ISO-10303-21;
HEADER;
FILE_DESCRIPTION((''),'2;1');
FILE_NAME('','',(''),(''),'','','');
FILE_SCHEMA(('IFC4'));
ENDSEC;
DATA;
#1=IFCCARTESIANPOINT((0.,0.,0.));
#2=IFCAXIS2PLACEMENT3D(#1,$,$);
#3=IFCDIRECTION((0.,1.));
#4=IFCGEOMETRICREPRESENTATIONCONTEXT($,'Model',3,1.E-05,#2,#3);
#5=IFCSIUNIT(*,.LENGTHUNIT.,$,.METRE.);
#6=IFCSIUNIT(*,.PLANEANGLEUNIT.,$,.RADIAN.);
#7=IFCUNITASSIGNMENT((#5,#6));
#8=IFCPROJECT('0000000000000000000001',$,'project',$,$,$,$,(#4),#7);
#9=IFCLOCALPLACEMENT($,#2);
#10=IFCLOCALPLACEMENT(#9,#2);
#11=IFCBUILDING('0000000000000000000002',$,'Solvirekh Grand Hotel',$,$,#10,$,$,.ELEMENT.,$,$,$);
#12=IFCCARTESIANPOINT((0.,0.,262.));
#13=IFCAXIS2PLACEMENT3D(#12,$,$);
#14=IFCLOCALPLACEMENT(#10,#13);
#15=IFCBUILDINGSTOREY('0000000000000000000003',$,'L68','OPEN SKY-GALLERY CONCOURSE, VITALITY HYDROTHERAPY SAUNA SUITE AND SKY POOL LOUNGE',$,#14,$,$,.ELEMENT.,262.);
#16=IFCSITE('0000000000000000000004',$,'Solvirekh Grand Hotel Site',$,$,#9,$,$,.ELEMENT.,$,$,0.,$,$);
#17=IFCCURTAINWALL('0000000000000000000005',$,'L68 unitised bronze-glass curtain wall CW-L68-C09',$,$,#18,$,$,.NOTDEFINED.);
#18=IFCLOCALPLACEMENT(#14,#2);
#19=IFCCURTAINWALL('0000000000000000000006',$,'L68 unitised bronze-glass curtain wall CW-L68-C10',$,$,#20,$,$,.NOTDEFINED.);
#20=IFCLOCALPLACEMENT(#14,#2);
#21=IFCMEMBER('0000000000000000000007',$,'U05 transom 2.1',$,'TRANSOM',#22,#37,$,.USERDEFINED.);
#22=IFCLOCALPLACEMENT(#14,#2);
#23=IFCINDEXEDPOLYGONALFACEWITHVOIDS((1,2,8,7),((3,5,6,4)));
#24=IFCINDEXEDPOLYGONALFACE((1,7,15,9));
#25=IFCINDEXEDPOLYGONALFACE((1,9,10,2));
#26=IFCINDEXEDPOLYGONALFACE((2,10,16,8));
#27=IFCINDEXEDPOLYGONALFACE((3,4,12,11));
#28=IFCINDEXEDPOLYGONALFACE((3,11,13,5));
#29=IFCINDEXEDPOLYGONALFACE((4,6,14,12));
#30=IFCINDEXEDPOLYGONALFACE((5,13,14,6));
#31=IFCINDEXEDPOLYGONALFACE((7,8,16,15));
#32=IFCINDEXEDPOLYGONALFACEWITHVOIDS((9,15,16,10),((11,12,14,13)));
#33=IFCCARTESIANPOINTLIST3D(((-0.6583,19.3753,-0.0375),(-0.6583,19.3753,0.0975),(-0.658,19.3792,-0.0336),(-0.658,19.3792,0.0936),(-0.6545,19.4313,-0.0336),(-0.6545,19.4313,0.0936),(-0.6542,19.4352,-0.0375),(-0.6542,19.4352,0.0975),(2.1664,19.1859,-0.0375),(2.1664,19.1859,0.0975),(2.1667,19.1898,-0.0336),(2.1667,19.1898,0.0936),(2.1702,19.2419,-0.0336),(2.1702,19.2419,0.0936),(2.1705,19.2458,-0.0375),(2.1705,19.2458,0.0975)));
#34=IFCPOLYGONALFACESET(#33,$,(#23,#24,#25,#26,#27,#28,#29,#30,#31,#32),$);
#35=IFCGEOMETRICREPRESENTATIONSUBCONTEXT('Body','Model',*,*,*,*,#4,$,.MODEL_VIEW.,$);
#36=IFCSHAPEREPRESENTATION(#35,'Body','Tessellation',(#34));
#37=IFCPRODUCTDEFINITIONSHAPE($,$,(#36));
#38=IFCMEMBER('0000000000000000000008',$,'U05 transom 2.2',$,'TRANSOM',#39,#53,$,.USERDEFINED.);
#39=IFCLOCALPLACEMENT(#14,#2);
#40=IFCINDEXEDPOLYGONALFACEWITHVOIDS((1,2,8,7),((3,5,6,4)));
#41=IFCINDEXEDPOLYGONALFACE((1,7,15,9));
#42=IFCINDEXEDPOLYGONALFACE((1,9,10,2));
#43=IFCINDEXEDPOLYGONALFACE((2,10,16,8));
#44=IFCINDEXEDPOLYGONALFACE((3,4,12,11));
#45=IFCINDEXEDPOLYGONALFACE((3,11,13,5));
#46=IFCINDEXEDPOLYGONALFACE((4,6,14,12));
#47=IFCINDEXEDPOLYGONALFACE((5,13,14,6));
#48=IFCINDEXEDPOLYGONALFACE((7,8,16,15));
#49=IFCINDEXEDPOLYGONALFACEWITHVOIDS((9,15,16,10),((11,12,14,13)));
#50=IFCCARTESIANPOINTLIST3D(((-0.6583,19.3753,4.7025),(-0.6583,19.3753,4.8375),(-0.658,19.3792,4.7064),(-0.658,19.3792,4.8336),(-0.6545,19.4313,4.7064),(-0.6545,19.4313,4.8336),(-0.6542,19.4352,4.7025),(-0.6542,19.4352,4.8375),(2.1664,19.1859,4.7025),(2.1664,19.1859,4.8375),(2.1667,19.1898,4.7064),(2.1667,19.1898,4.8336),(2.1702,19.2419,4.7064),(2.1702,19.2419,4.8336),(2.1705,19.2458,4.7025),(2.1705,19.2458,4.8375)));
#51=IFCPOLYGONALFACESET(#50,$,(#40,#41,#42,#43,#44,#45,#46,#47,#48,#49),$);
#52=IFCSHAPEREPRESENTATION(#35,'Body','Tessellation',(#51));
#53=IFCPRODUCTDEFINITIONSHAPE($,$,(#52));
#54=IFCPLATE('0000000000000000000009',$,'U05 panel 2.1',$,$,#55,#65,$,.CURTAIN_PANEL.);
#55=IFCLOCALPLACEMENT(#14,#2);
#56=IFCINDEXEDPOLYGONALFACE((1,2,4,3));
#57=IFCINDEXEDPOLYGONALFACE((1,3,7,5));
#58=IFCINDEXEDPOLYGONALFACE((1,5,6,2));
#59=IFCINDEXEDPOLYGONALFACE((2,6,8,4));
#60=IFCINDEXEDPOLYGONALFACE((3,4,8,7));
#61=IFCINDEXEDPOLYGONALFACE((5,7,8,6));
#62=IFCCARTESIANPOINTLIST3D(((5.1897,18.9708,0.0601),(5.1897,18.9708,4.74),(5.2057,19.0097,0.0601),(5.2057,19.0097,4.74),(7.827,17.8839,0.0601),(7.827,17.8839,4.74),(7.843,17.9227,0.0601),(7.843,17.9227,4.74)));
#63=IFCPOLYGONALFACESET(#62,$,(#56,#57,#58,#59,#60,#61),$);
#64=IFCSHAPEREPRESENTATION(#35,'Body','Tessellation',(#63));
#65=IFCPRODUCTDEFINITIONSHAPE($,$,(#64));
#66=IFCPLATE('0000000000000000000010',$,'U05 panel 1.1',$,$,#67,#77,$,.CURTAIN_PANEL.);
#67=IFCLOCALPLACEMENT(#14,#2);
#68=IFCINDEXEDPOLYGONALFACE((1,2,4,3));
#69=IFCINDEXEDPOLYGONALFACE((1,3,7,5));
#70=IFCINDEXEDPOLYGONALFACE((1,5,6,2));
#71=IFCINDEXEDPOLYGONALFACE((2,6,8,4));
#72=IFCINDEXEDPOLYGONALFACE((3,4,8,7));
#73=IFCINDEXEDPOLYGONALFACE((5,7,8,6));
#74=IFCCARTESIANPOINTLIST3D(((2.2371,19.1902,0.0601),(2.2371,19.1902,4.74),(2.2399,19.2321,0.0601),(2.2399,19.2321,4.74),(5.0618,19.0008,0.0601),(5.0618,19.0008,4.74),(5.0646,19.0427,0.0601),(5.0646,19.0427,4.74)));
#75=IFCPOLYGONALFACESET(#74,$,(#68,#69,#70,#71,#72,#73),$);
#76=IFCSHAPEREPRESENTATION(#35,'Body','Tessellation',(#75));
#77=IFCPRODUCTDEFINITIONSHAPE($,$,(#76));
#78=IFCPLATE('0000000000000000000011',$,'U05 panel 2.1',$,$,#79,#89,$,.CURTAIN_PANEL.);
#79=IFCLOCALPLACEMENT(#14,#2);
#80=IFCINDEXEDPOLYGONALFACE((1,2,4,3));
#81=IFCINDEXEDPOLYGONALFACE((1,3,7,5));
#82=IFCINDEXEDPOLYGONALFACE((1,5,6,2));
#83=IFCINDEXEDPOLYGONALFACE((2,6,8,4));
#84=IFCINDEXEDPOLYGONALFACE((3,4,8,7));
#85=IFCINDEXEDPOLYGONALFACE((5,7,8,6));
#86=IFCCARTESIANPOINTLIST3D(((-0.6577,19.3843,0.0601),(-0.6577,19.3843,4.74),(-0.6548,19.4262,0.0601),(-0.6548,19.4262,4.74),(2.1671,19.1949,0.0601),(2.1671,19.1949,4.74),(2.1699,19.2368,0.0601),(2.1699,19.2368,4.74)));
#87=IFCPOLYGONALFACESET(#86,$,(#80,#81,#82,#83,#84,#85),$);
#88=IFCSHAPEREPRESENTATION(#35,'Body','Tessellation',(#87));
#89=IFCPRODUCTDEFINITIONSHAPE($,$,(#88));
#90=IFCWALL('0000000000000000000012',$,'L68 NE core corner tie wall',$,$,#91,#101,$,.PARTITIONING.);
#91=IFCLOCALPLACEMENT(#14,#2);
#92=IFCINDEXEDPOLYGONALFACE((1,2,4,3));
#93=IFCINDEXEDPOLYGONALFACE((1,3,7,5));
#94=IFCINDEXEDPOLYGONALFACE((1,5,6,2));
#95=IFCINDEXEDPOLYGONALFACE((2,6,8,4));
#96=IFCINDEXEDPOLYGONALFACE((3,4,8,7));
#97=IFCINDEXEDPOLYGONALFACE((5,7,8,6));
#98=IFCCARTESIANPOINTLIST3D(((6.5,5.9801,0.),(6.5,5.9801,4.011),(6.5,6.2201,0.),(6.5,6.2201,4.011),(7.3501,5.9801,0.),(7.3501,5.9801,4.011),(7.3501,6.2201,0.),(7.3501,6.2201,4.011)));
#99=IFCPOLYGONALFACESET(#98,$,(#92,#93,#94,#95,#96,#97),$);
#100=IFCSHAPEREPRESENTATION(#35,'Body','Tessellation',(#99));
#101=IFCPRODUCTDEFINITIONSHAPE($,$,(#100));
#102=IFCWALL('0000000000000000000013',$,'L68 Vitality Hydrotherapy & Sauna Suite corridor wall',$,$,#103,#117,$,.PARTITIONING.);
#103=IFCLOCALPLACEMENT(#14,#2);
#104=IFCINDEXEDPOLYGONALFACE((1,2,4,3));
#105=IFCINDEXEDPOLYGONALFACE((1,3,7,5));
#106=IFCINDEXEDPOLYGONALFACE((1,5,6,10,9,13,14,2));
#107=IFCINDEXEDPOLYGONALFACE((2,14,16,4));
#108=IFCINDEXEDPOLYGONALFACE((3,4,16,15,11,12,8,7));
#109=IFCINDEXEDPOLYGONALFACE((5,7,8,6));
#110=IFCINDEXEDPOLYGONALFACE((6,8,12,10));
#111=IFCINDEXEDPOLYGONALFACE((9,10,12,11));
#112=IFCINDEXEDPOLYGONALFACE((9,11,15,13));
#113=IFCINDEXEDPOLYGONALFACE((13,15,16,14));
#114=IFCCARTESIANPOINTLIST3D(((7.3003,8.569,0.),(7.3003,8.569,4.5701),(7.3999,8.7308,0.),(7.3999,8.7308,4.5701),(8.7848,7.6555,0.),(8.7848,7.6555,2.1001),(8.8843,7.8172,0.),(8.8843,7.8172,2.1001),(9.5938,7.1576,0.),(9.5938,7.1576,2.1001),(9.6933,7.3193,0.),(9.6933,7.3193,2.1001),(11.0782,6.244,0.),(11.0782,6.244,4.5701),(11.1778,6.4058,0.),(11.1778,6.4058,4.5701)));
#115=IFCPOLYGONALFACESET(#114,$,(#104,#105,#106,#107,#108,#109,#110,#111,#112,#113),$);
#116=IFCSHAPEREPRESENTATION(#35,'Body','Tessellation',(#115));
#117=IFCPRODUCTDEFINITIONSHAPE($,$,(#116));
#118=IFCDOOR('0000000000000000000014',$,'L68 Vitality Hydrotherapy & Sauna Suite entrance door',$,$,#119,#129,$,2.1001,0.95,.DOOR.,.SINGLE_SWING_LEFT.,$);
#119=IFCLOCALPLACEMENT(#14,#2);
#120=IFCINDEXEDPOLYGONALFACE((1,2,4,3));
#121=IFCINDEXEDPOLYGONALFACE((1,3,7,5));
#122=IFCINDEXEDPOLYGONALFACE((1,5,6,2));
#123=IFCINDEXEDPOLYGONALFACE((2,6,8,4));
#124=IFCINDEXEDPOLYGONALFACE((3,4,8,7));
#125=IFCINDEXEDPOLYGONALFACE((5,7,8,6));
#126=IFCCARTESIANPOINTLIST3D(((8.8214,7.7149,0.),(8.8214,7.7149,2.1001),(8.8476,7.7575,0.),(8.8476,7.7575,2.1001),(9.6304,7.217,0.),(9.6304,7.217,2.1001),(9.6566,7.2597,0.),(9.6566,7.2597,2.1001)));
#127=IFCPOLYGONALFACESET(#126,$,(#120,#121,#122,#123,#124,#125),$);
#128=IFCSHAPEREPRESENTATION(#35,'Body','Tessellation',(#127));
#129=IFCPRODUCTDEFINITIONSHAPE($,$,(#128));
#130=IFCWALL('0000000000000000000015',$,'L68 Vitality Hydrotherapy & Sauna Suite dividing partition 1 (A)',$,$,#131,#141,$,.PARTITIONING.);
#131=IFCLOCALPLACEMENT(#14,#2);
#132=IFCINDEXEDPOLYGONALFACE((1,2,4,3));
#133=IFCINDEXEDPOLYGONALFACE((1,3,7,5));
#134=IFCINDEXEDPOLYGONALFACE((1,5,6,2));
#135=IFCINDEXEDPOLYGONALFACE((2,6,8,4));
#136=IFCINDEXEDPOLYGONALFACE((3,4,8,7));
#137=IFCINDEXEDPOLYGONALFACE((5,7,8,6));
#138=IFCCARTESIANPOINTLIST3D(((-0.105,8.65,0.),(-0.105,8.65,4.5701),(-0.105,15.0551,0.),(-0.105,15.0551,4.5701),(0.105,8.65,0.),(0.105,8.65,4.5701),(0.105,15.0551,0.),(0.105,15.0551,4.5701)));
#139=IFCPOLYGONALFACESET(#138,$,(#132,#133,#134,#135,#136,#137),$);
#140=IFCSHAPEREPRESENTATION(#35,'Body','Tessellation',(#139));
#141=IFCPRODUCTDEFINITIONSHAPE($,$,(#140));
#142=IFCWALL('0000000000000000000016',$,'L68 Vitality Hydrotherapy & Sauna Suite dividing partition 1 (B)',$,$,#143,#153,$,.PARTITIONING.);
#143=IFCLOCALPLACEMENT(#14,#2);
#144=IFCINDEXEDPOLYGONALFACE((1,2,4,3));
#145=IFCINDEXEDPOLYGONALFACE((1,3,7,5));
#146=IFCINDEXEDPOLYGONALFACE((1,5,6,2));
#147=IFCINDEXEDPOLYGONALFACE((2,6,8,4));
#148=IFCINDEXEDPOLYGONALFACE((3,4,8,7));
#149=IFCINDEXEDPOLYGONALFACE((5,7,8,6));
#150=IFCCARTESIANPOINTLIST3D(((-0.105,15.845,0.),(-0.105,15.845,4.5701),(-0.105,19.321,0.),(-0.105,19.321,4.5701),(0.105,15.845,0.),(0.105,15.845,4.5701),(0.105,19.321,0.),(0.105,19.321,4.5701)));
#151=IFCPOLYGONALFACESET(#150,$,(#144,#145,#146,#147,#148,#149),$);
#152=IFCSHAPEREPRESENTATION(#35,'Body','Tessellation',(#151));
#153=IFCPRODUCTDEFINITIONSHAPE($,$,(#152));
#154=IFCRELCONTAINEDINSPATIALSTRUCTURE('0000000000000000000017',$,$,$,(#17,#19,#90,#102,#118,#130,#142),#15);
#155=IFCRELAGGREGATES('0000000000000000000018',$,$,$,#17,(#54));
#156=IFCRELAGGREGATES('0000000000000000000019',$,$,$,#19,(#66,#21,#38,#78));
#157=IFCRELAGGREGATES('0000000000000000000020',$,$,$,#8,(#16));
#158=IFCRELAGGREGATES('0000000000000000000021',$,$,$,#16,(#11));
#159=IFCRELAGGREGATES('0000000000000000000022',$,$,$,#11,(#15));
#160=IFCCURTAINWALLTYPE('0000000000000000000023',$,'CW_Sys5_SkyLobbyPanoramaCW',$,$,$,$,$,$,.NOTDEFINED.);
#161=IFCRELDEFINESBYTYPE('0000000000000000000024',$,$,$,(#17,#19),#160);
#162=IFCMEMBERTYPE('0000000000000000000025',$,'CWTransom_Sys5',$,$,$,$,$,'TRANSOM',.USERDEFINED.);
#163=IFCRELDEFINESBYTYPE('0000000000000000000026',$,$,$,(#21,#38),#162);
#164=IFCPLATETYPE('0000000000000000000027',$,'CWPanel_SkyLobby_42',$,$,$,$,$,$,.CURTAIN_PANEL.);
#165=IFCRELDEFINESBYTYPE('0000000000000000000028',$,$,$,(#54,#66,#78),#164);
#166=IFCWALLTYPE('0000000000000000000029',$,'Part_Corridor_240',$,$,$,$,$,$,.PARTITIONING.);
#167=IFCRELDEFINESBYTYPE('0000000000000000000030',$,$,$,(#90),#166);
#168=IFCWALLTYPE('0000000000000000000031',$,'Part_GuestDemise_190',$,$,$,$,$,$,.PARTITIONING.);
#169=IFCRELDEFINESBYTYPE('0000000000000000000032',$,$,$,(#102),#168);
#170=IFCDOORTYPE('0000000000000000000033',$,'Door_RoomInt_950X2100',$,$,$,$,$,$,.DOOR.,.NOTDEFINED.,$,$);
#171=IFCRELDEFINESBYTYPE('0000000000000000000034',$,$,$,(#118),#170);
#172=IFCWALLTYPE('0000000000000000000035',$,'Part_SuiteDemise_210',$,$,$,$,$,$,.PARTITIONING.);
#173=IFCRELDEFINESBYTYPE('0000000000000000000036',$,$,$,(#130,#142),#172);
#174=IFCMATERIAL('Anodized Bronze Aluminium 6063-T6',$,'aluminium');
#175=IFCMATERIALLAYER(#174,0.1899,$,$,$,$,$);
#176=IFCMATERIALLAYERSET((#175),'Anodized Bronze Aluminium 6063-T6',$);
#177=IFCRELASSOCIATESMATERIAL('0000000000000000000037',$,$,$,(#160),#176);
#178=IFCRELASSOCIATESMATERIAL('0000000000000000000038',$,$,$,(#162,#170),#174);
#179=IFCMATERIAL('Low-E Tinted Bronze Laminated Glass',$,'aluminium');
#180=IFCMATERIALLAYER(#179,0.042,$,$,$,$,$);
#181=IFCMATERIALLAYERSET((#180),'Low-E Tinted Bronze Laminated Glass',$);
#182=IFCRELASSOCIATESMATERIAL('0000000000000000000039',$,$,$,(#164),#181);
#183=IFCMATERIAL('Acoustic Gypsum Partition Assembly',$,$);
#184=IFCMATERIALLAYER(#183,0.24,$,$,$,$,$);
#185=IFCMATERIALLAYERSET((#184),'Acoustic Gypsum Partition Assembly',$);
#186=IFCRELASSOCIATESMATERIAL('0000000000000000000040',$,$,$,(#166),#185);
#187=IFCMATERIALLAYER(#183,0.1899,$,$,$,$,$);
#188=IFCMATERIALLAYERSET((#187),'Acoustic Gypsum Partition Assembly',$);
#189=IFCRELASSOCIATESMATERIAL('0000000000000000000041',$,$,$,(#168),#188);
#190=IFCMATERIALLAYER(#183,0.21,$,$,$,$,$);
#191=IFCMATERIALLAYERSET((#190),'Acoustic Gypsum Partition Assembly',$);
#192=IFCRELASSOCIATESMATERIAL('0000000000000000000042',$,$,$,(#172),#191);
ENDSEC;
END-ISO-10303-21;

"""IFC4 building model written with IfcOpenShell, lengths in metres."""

from ifc_helpers import new_model, si_unit, direction, frame, frame_2d, origin, origin_2d, place, context, subcontext, project, spatial, rectangle, hollow_rectangle, extrude, source, transform, mapped, material, layer, layer_set, material_profile, profile_set, type_object, element, fill, aggregate, save


model = new_model("IFC4")

# Units and contexts
model_context = context("Model", 3, precision=1e-05, world=origin(), true_north=direction((0.0, 1.0)))
body_context = subcontext(model_context, "Body", "Model", "MODEL_VIEW")
ifc_project = project(units=[si_unit("LENGTHUNIT", "METRE"), si_unit("PLANEANGLEUNIT", "RADIAN")], contexts=[model_context])

# Site, building, storey
site_placement = place(None, origin())
site = spatial("IfcSite", under=ifc_project, at=site_placement, Name="Solvirekh Grand Hotel Site", CompositionType="ELEMENT", RefElevation=0.0)
building_placement = place(site_placement, origin())
building = spatial("IfcBuilding", under=site, at=building_placement, Name="Solvirekh Grand Hotel", CompositionType="ELEMENT")
storey_placement = place(building_placement, frame((0.0, 0.0, 262.0)))
storey = spatial("IfcBuildingStorey", under=building, at=storey_placement, Name="L68", Description="OPEN SKY-GALLERY CONCOURSE, VITALITY HYDROTHERAPY SAUNA SUITE AND SKY POOL LOUNGE", CompositionType="ELEMENT", Elevation=262.0)

# Curtain wall
ifc_material_1 = material(Name="Anodized Bronze Aluminium 6063-T6", Category="aluminium")
ifc_layer_1 = layer(ifc_material_1, 0.1899)
ifc_layer_set_1 = layer_set([ifc_layer_1], Name="Anodized Bronze Aluminium 6063-T6")
curtain_wall_type = type_object("IfcCurtainWallType", Name="CW_Sys5_SkyLobbyPanoramaCW", PredefinedType="NOTDEFINED", material=ifc_layer_set_1)
curtain_wall_1_placement = place(storey_placement, origin())
curtain_wall_1 = element("IfcCurtainWall", 1, at=curtain_wall_1_placement, inside=storey, type_object=curtain_wall_type, Name="L68 unitised bronze-glass curtain wall CW-L68-C09", PredefinedType="NOTDEFINED")

# Curtain wall, members
curtain_wall_2_placement = place(storey_placement, origin())
curtain_wall_2 = element("IfcCurtainWall", 2, at=curtain_wall_2_placement, inside=storey, type_object=curtain_wall_type, Name="L68 unitised bronze-glass curtain wall CW-L68-C10", PredefinedType="NOTDEFINED")
ifc_material_profile_1 = material_profile(ifc_material_1, hollow_rectangle(XDim=0.0601, YDim=0.135, WallThickness=0.0039, at=origin_2d()), Name="ALU RHS 135X60X4")
ifc_profile_set_1 = profile_set([ifc_material_profile_1], Name="Anodized Bronze Aluminium 6063-T6")
member_type_1 = type_object("IfcMemberType", Name="CWTransom_Sys5", ElementType="TRANSOM", PredefinedType="USERDEFINED", material=ifc_profile_set_1)
shared_shape_1 = source(origin(), body_context, "Body", "SweptSolid", [
    extrude(hollow_rectangle(XDim=0.0601, YDim=0.135, WallThickness=0.0039, at=origin_2d()), origin(), (0.0, 0.0, 1.0), 2.8311),
])
member_1_placement = place(storey_placement, frame((2.1685, 19.2158, 0.03), z_axis=(-0.997758, 0.06692, 0.0), x_axis=(-0.06692, -0.997758, 0.0)))
member_1 = element("IfcMember", 3, at=member_1_placement, type_object=member_type_1, Name="U05 transom 2.1", ObjectType="TRANSOM", PredefinedType="USERDEFINED", context=body_context, shape_type="MappedRepresentation", body=[
    mapped(shared_shape_1, transform((0.0, 0.0, 0.0), x_axis=(1.0, 0.0, 0.0), y_axis=(0.0, 1.0, 0.0), z_axis=(0.0, 0.0, 1.0), scale=1.0)),
])
member_2_placement = place(storey_placement, frame((2.1685, 19.2158, 4.77), z_axis=(-0.997758, 0.06692, 0.0), x_axis=(-0.06692, -0.997758, 0.0)))
member_2 = element("IfcMember", 4, at=member_2_placement, type_object=member_type_1, Name="U05 transom 2.2", ObjectType="TRANSOM", PredefinedType="USERDEFINED", context=body_context, shape_type="MappedRepresentation", body=[
    mapped(shared_shape_1, transform((0.0, 0.0, 0.0), x_axis=(1.0, 0.0, 0.0), y_axis=(0.0, 1.0, 0.0), z_axis=(0.0, 0.0, 1.0), scale=1.0)),
])

# Plates
ifc_material_2 = material(Name="Low-E Tinted Bronze Laminated Glass", Category="aluminium")
ifc_layer_2 = layer(ifc_material_2, 0.042)
ifc_layer_set_2 = layer_set([ifc_layer_2], Name="Low-E Tinted Bronze Laminated Glass")
plate_type = type_object("IfcPlateType", Name="CWPanel_SkyLobby_42", PredefinedType="CURTAIN_PANEL", material=ifc_layer_set_2)
shared_shape_2 = source(origin(), body_context, "Body", "SweptSolid", [
    extrude(rectangle(XDim=2.8525, YDim=0.042, at=origin_2d()), origin(), (0.0, 0.0, 1.0), 4.6799),
])
plate_1_placement = place(storey_placement, frame((6.5164, 18.4468, 0.0601), z_axis=(0.0, 0.0, 1.0), x_axis=(-0.924556, 0.381047, 0.0)))
plate_1 = element("IfcPlate", 5, at=plate_1_placement, type_object=plate_type, Name="U05 panel 2.1", PredefinedType="CURTAIN_PANEL", context=body_context, shape_type="MappedRepresentation", body=[
    mapped(shared_shape_2, transform((0.0, 0.0, 0.0), x_axis=(1.0, 0.0, 0.0), y_axis=(0.0, 1.0, 0.0), z_axis=(0.0, 0.0, 1.0), scale=1.0)),
])
aggregate(curtain_wall_1, [plate_1])
shared_shape_3 = source(origin(), body_context, "Body", "SweptSolid", [
    extrude(rectangle(XDim=2.8311, YDim=0.042, at=origin_2d()), origin(), (0.0, 0.0, 1.0), 4.6799),
])
plate_2_placement = place(storey_placement, frame((3.6509, 19.1165, 0.0601), z_axis=(0.0, 0.0, 1.0), x_axis=(-0.997758, 0.066926, 0.0)))
plate_2 = element("IfcPlate", 6, at=plate_2_placement, type_object=plate_type, Name="U05 panel 1.1", PredefinedType="CURTAIN_PANEL", context=body_context, shape_type="MappedRepresentation", body=[
    mapped(shared_shape_3, transform((0.0, 0.0, 0.0), x_axis=(1.0, 0.0, 0.0), y_axis=(0.0, 1.0, 0.0), z_axis=(0.0, 0.0, 1.0), scale=1.0)),
])
plate_3_placement = place(storey_placement, frame((0.7561, 19.3105, 0.0601), z_axis=(0.0, 0.0, 1.0), x_axis=(-0.997758, 0.066926, 0.0)))
plate_3 = element("IfcPlate", 7, at=plate_3_placement, type_object=plate_type, Name="U05 panel 2.1", PredefinedType="CURTAIN_PANEL", context=body_context, shape_type="MappedRepresentation", body=[
    mapped(shared_shape_3, transform((0.0, 0.0, 0.0), x_axis=(1.0, 0.0, 0.0), y_axis=(0.0, 1.0, 0.0), z_axis=(0.0, 0.0, 1.0), scale=1.0)),
])
aggregate(curtain_wall_2, [plate_2, member_1, member_2, plate_3])

# Wall
ifc_material_3 = material(Name="Acoustic Gypsum Partition Assembly")
ifc_layer_3 = layer(ifc_material_3, 0.24)
ifc_layer_set_3 = layer_set([ifc_layer_3], Name="Acoustic Gypsum Partition Assembly")
wall_type_1 = type_object("IfcWallType", Name="Part_Corridor_240", PredefinedType="PARTITIONING", material=ifc_layer_set_3)
wall_1_placement = place(storey_placement, frame((6.5, 6.1001, 0.0), z_axis=(0.0, 0.0, 1.0), x_axis=(1.0, 0.0, 0.0)))
element("IfcWall", 8, at=wall_1_placement, inside=storey, type_object=wall_type_1, Name="L68 NE core corner tie wall", PredefinedType="PARTITIONING", context=body_context, shape_type="SweptSolid", body=[
    extrude(rectangle(XDim=0.8501, YDim=0.24, at=frame_2d((0.425, 0.0))), origin(), (0.0, 0.0, 1.0), 4.011),
])

# Wall, opening, door
ifc_layer_4 = layer(ifc_material_3, 0.1899)
ifc_layer_set_4 = layer_set([ifc_layer_4], Name="Acoustic Gypsum Partition Assembly")
wall_type_2 = type_object("IfcWallType", Name="Part_GuestDemise_190", PredefinedType="PARTITIONING", material=ifc_layer_set_4)
wall_2_placement = place(storey_placement, frame((7.3501, 8.6499, 0.0), z_axis=(0.0, 0.0, 1.0), x_axis=(0.851645, -0.524119, 0.0)))
wall_2 = element("IfcWall", 9, at=wall_2_placement, inside=storey, type_object=wall_type_2, Name="L68 Vitality Hydrotherapy & Sauna Suite corridor wall", PredefinedType="PARTITIONING", context=body_context, shape_type="SweptSolid", body=[
    extrude(rectangle(XDim=4.436, YDim=0.1899, at=frame_2d((2.218, 0.0))), origin(), (0.0, 0.0, 1.0), 4.5701),
])
opening_placement = place(wall_2_placement, frame((1.7429, 0.0, 0.0)))
opening = element("IfcOpeningElement", 10, at=opening_placement, cuts=wall_2, PredefinedType="OPENING", context=body_context, shape_type="SweptSolid", body=[
    extrude(rectangle(XDim=0.95, YDim=2.1001, at=frame_2d((0.4751, 1.05))), frame((0.0, 0.105, 0.0), z_axis=(0.0, -1.0, 0.0), x_axis=(1.0, 0.0, 0.0)), (0.0, 0.0, 1.0), 0.21),
])
door_type = type_object("IfcDoorType", Name="Door_RoomInt_950X2100", OperationType="NOTDEFINED", PredefinedType="DOOR", material=ifc_material_1)
door_placement = place(opening_placement, origin())
door = element("IfcDoor", 11, at=door_placement, inside=storey, type_object=door_type, Name="L68 Vitality Hydrotherapy & Sauna Suite entrance door", OperationType="SINGLE_SWING_LEFT", OverallHeight=2.1001, OverallWidth=0.95, PredefinedType="DOOR", context=body_context, shape_type="SweptSolid", body=[
    extrude(rectangle(XDim=0.95, YDim=2.1001, at=frame_2d((0.4751, 1.05))), frame((0.0, 0.0249, 0.0), z_axis=(0.0, -1.0, 0.0), x_axis=(1.0, 0.0, 0.0)), (0.0, 0.0, 1.0), 0.05),
])
fill(opening, door)

# Walls
ifc_layer_5 = layer(ifc_material_3, 0.21)
ifc_layer_set_5 = layer_set([ifc_layer_5], Name="Acoustic Gypsum Partition Assembly")
wall_type_3 = type_object("IfcWallType", Name="Part_SuiteDemise_210", PredefinedType="PARTITIONING", material=ifc_layer_set_5)
wall_3_placement = place(storey_placement, frame((0.0, 8.6499, 0.0), z_axis=(0.0, 0.0, 1.0), x_axis=(0.0, 1.0, 0.0)))
element("IfcWall", 12, at=wall_3_placement, inside=storey, type_object=wall_type_3, Name="L68 Vitality Hydrotherapy & Sauna Suite dividing partition 1 (A)", PredefinedType="PARTITIONING", context=body_context, shape_type="SweptSolid", body=[
    extrude(rectangle(XDim=6.405, YDim=0.21, at=frame_2d((3.2026, 0.0))), origin(), (0.0, 0.0, 1.0), 4.5701),
])
wall_4_placement = place(storey_placement, frame((0.0, 15.845, 0.0), z_axis=(0.0, 0.0, 1.0), x_axis=(0.0, 1.0, 0.0)))
element("IfcWall", 13, at=wall_4_placement, inside=storey, type_object=wall_type_3, Name="L68 Vitality Hydrotherapy & Sauna Suite dividing partition 1 (B)", PredefinedType="PARTITIONING", context=body_context, shape_type="SweptSolid", body=[
    extrude(rectangle(XDim=3.4761, YDim=0.21, at=frame_2d((1.738, 0.0))), origin(), (0.0, 0.0, 1.0), 4.5701),
])

save(model, "model.ifc")
